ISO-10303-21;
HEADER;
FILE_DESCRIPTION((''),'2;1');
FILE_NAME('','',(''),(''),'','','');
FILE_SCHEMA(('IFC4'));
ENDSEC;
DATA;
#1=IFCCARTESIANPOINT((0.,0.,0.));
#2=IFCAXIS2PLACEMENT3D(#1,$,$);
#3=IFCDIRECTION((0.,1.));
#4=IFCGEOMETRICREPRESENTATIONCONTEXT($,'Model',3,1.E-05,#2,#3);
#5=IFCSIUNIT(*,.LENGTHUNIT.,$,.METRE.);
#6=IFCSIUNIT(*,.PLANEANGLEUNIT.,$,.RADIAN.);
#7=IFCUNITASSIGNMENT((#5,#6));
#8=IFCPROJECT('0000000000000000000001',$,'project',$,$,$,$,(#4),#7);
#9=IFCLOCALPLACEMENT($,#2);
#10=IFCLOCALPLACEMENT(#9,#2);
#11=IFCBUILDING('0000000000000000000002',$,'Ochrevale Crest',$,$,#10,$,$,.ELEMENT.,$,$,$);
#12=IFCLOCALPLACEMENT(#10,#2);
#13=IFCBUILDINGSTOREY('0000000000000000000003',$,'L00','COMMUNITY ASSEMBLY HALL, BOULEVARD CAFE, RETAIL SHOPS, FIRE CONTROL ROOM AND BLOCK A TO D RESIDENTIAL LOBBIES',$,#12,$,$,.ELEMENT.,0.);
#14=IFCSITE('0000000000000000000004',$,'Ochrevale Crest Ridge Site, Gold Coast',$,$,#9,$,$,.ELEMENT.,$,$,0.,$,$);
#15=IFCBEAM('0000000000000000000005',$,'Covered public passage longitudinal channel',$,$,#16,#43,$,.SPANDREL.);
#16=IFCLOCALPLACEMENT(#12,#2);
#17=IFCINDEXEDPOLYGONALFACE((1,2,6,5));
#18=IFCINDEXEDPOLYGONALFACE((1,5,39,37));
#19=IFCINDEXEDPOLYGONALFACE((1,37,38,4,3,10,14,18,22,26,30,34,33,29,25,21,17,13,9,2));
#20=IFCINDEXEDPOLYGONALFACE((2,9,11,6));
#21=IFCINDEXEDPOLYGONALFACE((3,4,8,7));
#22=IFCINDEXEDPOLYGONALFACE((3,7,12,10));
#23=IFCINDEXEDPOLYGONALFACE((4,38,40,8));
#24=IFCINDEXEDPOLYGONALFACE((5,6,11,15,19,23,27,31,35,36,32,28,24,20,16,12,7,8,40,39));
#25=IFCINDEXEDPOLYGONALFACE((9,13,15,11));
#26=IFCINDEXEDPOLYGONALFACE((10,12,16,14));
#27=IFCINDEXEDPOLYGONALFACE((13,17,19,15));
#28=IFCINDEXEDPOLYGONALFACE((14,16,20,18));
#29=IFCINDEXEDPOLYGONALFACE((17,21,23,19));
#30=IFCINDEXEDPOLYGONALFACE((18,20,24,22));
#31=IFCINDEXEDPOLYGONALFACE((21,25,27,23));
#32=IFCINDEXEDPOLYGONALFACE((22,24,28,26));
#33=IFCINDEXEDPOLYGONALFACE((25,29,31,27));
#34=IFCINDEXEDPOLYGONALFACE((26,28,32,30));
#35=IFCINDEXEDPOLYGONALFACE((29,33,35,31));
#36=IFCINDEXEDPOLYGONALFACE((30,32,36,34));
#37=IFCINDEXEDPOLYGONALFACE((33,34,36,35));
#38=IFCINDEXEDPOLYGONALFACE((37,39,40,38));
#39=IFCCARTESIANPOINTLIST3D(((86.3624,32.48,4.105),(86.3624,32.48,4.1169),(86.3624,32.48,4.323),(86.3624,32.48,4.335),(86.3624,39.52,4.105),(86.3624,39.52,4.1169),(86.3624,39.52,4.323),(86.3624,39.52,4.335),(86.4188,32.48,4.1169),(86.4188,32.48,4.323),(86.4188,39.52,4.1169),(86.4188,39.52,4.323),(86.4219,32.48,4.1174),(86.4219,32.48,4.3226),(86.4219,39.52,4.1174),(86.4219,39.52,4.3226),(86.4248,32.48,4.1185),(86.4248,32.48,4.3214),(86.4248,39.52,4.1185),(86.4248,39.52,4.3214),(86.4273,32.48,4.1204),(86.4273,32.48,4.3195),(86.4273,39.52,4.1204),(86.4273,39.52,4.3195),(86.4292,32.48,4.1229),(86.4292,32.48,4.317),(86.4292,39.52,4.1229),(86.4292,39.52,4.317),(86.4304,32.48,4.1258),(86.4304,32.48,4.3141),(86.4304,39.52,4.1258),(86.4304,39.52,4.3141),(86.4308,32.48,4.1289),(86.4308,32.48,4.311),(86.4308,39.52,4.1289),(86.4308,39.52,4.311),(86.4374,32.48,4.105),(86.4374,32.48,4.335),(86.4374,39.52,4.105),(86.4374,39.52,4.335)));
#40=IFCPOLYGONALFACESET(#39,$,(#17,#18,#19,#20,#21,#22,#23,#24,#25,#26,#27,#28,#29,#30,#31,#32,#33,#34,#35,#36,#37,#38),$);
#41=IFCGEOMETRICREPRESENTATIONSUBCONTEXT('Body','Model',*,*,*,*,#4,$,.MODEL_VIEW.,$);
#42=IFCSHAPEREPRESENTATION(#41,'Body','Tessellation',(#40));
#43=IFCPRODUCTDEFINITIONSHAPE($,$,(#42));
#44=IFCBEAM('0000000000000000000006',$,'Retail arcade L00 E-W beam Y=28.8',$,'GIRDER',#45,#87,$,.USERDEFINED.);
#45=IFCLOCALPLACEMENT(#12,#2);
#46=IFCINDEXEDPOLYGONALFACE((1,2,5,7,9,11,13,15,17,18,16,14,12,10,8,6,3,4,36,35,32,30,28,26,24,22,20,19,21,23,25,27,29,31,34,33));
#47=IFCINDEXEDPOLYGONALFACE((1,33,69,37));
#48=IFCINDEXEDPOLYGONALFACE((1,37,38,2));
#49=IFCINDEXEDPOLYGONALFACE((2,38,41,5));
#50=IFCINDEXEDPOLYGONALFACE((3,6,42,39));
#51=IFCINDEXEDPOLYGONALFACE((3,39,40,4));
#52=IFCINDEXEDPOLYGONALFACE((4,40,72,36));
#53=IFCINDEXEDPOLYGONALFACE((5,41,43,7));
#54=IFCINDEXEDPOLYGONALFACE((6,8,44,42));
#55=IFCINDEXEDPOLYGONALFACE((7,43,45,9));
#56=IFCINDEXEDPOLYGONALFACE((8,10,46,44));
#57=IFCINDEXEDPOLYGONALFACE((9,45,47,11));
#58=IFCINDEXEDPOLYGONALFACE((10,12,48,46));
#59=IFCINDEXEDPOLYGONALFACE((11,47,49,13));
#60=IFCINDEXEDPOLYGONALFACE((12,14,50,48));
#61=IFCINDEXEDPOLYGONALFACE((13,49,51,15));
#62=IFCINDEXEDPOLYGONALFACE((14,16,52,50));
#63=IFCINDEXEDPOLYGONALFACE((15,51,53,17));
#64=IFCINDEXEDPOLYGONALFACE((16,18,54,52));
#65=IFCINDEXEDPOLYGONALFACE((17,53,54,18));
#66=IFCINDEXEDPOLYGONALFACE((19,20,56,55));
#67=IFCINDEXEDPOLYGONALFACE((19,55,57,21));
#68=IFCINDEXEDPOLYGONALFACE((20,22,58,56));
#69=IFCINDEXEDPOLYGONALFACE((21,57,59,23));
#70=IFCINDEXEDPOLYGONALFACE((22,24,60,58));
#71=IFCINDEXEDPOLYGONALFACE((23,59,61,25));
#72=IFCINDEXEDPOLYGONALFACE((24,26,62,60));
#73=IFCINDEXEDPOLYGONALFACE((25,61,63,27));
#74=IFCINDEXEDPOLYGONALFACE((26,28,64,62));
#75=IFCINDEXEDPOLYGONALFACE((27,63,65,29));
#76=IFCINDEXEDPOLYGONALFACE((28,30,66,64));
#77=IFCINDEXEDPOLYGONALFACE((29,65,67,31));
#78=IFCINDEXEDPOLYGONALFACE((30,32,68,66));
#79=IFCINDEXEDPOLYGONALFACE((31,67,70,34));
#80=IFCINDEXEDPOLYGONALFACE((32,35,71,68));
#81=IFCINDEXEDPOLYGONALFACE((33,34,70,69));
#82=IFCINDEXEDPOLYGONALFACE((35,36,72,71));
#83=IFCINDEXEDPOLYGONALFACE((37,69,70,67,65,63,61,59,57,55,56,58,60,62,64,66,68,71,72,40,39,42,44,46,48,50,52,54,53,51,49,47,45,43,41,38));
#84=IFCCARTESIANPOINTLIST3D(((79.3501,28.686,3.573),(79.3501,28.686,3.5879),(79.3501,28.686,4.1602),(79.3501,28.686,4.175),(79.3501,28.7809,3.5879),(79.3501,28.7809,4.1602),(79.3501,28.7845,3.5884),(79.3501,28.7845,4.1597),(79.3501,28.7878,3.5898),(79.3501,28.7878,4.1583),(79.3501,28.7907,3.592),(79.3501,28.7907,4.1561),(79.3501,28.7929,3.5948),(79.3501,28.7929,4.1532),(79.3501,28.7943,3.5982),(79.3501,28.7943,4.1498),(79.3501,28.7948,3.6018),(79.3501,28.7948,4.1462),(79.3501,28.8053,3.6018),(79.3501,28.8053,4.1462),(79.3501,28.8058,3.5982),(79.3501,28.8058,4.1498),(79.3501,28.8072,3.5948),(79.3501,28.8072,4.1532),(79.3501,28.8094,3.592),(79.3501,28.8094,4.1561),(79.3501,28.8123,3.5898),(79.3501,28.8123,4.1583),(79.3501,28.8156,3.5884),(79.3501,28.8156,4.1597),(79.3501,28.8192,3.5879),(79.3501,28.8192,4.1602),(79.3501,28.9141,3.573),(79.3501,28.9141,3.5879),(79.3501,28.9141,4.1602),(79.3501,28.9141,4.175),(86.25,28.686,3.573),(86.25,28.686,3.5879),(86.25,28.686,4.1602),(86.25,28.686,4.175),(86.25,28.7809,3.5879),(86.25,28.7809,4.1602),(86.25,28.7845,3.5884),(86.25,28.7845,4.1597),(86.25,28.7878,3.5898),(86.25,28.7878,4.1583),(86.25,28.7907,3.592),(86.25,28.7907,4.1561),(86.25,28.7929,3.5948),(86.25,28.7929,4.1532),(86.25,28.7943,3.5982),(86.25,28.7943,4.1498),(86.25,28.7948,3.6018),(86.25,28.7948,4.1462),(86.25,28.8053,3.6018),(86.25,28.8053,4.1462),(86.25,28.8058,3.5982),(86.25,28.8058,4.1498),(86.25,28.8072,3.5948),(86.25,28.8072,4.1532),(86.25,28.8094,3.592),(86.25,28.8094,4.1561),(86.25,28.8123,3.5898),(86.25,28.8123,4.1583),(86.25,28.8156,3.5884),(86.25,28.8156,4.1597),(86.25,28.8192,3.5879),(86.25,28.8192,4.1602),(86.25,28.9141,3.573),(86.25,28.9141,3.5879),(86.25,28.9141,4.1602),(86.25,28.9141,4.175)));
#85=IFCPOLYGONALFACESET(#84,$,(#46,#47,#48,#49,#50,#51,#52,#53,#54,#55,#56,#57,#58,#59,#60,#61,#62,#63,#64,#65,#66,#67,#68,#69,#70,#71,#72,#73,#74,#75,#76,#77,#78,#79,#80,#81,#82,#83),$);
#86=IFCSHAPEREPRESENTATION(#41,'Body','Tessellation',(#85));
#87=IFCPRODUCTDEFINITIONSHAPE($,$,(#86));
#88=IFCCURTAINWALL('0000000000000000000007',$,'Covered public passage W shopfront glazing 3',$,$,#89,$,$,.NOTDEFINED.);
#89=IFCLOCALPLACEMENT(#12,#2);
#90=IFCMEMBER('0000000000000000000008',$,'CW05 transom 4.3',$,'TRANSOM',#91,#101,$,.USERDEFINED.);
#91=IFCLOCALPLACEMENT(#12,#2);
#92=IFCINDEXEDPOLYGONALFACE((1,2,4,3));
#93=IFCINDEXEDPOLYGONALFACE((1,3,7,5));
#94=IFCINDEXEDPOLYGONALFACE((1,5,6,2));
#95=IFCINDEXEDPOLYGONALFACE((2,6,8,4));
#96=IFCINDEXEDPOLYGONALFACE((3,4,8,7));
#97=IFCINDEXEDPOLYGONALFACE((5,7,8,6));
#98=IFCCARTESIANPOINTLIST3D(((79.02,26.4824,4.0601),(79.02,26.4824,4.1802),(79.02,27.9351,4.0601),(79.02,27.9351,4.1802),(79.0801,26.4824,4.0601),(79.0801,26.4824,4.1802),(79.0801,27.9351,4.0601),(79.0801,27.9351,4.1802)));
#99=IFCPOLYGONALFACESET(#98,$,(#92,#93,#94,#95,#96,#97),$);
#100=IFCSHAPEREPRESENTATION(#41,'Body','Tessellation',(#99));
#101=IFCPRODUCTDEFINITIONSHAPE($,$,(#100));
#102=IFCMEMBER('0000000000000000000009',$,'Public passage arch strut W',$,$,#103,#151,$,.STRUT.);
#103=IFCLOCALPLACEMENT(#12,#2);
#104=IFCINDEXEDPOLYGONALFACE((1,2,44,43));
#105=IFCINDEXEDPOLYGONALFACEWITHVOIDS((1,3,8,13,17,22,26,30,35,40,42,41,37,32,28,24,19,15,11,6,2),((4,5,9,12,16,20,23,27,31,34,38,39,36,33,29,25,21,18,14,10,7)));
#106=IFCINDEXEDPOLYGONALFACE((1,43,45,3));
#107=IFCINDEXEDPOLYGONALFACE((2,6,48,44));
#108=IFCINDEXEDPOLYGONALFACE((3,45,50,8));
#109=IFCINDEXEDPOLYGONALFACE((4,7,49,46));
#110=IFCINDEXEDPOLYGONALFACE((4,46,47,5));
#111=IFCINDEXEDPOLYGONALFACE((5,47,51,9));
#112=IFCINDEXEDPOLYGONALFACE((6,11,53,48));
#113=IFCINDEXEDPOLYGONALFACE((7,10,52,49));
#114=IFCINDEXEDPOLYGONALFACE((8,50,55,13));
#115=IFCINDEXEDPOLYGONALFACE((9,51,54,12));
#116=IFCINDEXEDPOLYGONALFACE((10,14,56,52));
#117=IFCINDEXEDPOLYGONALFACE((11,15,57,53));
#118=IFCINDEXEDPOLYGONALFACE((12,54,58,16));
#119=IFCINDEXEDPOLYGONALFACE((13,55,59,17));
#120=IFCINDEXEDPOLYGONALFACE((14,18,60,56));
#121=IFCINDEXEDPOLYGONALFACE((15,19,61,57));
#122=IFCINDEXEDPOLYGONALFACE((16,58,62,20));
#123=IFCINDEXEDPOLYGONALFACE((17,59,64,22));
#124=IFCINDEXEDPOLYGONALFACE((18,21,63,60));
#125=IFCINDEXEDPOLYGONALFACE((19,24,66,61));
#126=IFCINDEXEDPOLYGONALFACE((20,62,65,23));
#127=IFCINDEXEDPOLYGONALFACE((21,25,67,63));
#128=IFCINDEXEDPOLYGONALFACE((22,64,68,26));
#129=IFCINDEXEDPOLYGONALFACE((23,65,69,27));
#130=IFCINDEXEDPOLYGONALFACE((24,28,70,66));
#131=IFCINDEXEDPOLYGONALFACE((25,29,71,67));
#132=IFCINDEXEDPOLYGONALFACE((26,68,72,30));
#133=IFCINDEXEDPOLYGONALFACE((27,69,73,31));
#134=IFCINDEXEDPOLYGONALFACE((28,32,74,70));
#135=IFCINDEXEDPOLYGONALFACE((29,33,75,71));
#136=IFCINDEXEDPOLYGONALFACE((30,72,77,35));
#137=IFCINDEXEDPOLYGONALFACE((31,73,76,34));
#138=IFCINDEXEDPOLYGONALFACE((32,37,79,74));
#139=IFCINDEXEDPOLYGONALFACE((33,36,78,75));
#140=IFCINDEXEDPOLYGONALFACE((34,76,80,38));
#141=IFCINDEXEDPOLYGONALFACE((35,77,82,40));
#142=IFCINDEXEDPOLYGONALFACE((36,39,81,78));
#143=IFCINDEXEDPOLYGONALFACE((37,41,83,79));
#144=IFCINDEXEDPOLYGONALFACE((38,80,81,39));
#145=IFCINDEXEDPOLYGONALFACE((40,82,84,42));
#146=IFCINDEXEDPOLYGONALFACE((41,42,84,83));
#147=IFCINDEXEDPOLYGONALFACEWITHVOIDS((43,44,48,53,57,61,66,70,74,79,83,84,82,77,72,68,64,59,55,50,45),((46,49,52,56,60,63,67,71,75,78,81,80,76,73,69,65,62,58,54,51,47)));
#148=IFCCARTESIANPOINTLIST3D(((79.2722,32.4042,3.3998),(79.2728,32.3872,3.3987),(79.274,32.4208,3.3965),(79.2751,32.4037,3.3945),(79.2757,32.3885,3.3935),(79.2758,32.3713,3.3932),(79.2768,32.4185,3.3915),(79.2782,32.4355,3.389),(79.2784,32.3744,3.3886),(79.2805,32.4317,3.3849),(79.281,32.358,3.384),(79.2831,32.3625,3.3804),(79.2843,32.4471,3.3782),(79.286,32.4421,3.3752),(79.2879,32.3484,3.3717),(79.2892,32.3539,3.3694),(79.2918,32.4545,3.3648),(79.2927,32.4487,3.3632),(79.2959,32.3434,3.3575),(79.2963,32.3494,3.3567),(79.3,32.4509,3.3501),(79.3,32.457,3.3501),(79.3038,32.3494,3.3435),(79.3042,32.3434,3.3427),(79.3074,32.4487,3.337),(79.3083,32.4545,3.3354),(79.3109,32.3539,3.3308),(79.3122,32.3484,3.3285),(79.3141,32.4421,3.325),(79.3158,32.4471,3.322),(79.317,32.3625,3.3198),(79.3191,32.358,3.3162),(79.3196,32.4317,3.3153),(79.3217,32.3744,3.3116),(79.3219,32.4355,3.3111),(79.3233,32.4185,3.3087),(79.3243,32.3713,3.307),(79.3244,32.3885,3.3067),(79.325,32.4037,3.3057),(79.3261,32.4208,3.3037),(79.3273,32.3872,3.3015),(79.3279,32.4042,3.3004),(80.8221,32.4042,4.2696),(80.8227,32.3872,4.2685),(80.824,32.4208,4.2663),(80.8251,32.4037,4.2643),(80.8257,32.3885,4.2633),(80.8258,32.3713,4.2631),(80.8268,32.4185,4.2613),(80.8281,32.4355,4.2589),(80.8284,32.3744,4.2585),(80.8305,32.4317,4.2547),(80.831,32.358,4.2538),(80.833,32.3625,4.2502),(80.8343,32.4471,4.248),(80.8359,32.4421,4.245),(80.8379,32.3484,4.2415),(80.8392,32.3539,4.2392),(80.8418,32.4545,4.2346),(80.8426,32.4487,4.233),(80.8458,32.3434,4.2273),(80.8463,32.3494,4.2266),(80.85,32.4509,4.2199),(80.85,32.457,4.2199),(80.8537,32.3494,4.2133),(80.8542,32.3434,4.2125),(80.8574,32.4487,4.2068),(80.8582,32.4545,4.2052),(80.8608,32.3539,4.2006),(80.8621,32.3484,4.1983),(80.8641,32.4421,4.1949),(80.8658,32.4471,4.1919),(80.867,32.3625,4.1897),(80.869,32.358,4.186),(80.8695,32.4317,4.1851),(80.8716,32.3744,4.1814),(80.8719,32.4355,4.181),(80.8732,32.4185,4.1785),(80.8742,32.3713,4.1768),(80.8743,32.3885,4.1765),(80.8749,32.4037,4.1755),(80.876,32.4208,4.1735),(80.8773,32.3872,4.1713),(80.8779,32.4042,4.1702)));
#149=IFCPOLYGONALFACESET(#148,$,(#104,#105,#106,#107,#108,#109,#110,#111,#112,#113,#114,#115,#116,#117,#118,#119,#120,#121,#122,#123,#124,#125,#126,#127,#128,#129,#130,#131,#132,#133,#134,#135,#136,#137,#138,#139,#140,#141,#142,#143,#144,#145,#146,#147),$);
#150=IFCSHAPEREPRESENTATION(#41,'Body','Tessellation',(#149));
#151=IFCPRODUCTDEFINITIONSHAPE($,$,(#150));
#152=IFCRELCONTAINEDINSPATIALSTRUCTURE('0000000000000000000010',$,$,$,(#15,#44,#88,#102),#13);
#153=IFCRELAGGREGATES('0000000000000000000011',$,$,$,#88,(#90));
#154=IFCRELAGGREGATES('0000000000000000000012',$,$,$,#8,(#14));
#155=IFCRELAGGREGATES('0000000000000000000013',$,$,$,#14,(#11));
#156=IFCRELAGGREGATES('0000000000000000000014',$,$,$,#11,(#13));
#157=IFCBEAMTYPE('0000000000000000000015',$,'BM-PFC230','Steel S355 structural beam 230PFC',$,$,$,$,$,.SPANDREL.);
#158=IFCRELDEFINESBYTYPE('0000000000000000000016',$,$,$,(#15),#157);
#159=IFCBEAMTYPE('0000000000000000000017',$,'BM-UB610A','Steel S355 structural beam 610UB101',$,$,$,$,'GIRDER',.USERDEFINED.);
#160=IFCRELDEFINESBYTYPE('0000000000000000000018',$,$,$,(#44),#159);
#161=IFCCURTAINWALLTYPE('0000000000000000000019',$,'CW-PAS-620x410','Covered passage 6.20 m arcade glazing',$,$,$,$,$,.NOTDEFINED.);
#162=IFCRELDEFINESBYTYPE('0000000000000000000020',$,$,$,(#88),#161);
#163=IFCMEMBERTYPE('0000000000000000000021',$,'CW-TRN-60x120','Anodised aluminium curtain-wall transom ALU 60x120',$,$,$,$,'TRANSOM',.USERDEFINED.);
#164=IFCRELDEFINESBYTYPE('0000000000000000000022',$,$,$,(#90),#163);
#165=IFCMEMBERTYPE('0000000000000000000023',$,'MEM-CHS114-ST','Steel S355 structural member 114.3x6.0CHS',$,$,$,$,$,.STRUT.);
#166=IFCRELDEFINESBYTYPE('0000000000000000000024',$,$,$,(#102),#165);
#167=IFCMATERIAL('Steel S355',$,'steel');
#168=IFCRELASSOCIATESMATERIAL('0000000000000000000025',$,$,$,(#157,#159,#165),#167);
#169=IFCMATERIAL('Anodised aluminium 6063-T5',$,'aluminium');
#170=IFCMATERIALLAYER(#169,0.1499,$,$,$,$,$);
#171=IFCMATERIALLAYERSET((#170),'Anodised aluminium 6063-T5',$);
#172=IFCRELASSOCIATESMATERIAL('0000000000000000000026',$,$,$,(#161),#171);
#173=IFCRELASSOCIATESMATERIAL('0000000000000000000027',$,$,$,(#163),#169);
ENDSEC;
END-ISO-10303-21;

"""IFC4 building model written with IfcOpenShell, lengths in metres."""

from ifc_helpers import new_model, si_unit, direction, frame, origin, origin_2d, place, context, subcontext, project, spatial, rectangle, hollow_circle, i_section, u_section, extrude, material, layer, layer_set, material_profile, profile_set, type_object, element, aggregate, save


model = new_model("IFC4")

# Units and contexts
model_context = context("Model", 3, precision=1e-05, world=origin(), true_north=direction((0.0, 1.0)))
body_context = subcontext(model_context, "Body", "Model", "MODEL_VIEW")
ifc_project = project(units=[si_unit("LENGTHUNIT", "METRE"), si_unit("PLANEANGLEUNIT", "RADIAN")], contexts=[model_context])

# Site, building, storey
site_placement = place(None, origin())
site = spatial("IfcSite", under=ifc_project, at=site_placement, Name="Ochrevale Crest Ridge Site, Gold Coast", CompositionType="ELEMENT", RefElevation=0.0)
building_placement = place(site_placement, origin())
building = spatial("IfcBuilding", under=site, at=building_placement, Name="Ochrevale Crest", CompositionType="ELEMENT")
storey_placement = place(building_placement, origin())
storey = spatial("IfcBuildingStorey", under=building, at=storey_placement, Name="L00", Description="COMMUNITY ASSEMBLY HALL, BOULEVARD CAFE, RETAIL SHOPS, FIRE CONTROL ROOM AND BLOCK A TO D RESIDENTIAL LOBBIES", CompositionType="ELEMENT", Elevation=0.0)

# Shared definitions
ifc_material_1 = material(Name="Steel S355", Category="steel")

# Beams
ifc_material_profile_1 = material_profile(ifc_material_1, u_section(Depth=0.23, FlangeWidth=0.075, WebThickness=0.0066, FlangeThickness=0.012, FilletRadius=0.012, at=origin_2d()), Name="230PFC")
ifc_profile_set_1 = profile_set([ifc_material_profile_1], Name="Steel S355")
beam_type_1 = type_object("IfcBeamType", Name="BM-PFC230", Description="Steel S355 structural beam 230PFC", PredefinedType="SPANDREL", material=ifc_profile_set_1)
beam_1_placement = place(storey_placement, frame((86.3999, 32.48, 4.22), z_axis=(0.0, 1.0, 0.0), x_axis=(-1.0, 0.0, 0.0)))
element("IfcBeam", 1, at=beam_1_placement, inside=storey, type_object=beam_type_1, Name="Covered public passage longitudinal channel", PredefinedType="SPANDREL", context=body_context, shape_type="SweptSolid", body=[
    extrude(u_section(Depth=0.23, FlangeWidth=0.075, WebThickness=0.0066, FlangeThickness=0.012, FilletRadius=0.012, at=origin_2d()), origin(), (0.0, 0.0, 1.0), 7.04),
])
ifc_material_profile_2 = material_profile(ifc_material_1, i_section(OverallWidth=0.228, OverallDepth=0.6021, WebThickness=0.0105, FlangeThickness=0.0149, FilletRadius=0.0139, at=origin_2d()), Name="610UB101")
ifc_profile_set_2 = profile_set([ifc_material_profile_2], Name="Steel S355")
beam_type_2 = type_object("IfcBeamType", Name="BM-UB610A", Description="Steel S355 structural beam 610UB101", ElementType="GIRDER", PredefinedType="USERDEFINED", material=ifc_profile_set_2)
beam_2_placement = place(storey_placement, frame((79.3501, 28.8, 3.874), z_axis=(1.0, 0.0, 0.0), x_axis=(0.0, 1.0, 0.0)))
element("IfcBeam", 2, at=beam_2_placement, inside=storey, type_object=beam_type_2, Name="Retail arcade L00 E-W beam Y=28.8", ObjectType="GIRDER", PredefinedType="USERDEFINED", context=body_context, shape_type="SweptSolid", body=[
    extrude(i_section(OverallWidth=0.228, OverallDepth=0.6021, WebThickness=0.0105, FlangeThickness=0.0149, FilletRadius=0.0139, at=origin_2d()), origin(), (0.0, 0.0, 1.0), 6.8999),
])

# Curtain wall, member
ifc_material_2 = material(Name="Anodised aluminium 6063-T5", Category="aluminium")
ifc_layer_1 = layer(ifc_material_2, 0.1499)
ifc_layer_set_1 = layer_set([ifc_layer_1], Name="Anodised aluminium 6063-T5")
curtain_wall_type = type_object("IfcCurtainWallType", Name="CW-PAS-620x410", Description="Covered passage 6.20 m arcade glazing", PredefinedType="NOTDEFINED", material=ifc_layer_set_1)
curtain_wall_placement = place(storey_placement, origin())
curtain_wall = element("IfcCurtainWall", 3, at=curtain_wall_placement, inside=storey, type_object=curtain_wall_type, Name="Covered public passage W shopfront glazing 3", PredefinedType="NOTDEFINED")
ifc_material_profile_3 = material_profile(ifc_material_2, rectangle(XDim=0.0601, YDim=0.1201, at=origin_2d()), Name="ALU 60x120")
ifc_profile_set_3 = profile_set([ifc_material_profile_3], Name="Anodised aluminium 6063-T5")
member_type_1 = type_object("IfcMemberType", Name="CW-TRN-60x120", Description="Anodised aluminium curtain-wall transom ALU 60x120", ElementType="TRANSOM", PredefinedType="USERDEFINED", material=ifc_profile_set_3)
member_1_placement = place(storey_placement, frame((79.05, 26.4824, 4.1201), z_axis=(0.0, 1.0, 0.0), x_axis=(-1.0, 0.0, 0.0)))
member_1 = element("IfcMember", 4, at=member_1_placement, type_object=member_type_1, Name="CW05 transom 4.3", ObjectType="TRANSOM", PredefinedType="USERDEFINED", context=body_context, shape_type="SweptSolid", body=[
    extrude(rectangle(XDim=0.0601, YDim=0.1201, at=origin_2d()), origin(), (0.0, 0.0, 1.0), 1.4526),
])

# Member
ifc_material_profile_4 = material_profile(ifc_material_1, hollow_circle(Radius=0.0571, WallThickness=0.0061, at=origin_2d()), Name="114.3x6.0CHS")
ifc_profile_set_4 = profile_set([ifc_material_profile_4], Name="Steel S355")
member_type_2 = type_object("IfcMemberType", Name="MEM-CHS114-ST", Description="Steel S355 structural member 114.3x6.0CHS", PredefinedType="STRUT", material=ifc_profile_set_4)
member_2_placement = place(storey_placement, frame((79.3, 32.3999, 3.3501), z_axis=(0.872063, 0.0, 0.489394), x_axis=(0.0, 1.0, 0.0)))
element("IfcMember", 5, at=member_2_placement, inside=storey, type_object=member_type_2, Name="Public passage arch strut W", PredefinedType="STRUT", context=body_context, shape_type="SweptSolid", body=[
    extrude(hollow_circle(Radius=0.0571, WallThickness=0.0061, at=origin_2d()), origin(), (0.0, 0.0, 1.0), 1.7773),
])

aggregate(curtain_wall, [member_1])

save(model, "model.ifc")
